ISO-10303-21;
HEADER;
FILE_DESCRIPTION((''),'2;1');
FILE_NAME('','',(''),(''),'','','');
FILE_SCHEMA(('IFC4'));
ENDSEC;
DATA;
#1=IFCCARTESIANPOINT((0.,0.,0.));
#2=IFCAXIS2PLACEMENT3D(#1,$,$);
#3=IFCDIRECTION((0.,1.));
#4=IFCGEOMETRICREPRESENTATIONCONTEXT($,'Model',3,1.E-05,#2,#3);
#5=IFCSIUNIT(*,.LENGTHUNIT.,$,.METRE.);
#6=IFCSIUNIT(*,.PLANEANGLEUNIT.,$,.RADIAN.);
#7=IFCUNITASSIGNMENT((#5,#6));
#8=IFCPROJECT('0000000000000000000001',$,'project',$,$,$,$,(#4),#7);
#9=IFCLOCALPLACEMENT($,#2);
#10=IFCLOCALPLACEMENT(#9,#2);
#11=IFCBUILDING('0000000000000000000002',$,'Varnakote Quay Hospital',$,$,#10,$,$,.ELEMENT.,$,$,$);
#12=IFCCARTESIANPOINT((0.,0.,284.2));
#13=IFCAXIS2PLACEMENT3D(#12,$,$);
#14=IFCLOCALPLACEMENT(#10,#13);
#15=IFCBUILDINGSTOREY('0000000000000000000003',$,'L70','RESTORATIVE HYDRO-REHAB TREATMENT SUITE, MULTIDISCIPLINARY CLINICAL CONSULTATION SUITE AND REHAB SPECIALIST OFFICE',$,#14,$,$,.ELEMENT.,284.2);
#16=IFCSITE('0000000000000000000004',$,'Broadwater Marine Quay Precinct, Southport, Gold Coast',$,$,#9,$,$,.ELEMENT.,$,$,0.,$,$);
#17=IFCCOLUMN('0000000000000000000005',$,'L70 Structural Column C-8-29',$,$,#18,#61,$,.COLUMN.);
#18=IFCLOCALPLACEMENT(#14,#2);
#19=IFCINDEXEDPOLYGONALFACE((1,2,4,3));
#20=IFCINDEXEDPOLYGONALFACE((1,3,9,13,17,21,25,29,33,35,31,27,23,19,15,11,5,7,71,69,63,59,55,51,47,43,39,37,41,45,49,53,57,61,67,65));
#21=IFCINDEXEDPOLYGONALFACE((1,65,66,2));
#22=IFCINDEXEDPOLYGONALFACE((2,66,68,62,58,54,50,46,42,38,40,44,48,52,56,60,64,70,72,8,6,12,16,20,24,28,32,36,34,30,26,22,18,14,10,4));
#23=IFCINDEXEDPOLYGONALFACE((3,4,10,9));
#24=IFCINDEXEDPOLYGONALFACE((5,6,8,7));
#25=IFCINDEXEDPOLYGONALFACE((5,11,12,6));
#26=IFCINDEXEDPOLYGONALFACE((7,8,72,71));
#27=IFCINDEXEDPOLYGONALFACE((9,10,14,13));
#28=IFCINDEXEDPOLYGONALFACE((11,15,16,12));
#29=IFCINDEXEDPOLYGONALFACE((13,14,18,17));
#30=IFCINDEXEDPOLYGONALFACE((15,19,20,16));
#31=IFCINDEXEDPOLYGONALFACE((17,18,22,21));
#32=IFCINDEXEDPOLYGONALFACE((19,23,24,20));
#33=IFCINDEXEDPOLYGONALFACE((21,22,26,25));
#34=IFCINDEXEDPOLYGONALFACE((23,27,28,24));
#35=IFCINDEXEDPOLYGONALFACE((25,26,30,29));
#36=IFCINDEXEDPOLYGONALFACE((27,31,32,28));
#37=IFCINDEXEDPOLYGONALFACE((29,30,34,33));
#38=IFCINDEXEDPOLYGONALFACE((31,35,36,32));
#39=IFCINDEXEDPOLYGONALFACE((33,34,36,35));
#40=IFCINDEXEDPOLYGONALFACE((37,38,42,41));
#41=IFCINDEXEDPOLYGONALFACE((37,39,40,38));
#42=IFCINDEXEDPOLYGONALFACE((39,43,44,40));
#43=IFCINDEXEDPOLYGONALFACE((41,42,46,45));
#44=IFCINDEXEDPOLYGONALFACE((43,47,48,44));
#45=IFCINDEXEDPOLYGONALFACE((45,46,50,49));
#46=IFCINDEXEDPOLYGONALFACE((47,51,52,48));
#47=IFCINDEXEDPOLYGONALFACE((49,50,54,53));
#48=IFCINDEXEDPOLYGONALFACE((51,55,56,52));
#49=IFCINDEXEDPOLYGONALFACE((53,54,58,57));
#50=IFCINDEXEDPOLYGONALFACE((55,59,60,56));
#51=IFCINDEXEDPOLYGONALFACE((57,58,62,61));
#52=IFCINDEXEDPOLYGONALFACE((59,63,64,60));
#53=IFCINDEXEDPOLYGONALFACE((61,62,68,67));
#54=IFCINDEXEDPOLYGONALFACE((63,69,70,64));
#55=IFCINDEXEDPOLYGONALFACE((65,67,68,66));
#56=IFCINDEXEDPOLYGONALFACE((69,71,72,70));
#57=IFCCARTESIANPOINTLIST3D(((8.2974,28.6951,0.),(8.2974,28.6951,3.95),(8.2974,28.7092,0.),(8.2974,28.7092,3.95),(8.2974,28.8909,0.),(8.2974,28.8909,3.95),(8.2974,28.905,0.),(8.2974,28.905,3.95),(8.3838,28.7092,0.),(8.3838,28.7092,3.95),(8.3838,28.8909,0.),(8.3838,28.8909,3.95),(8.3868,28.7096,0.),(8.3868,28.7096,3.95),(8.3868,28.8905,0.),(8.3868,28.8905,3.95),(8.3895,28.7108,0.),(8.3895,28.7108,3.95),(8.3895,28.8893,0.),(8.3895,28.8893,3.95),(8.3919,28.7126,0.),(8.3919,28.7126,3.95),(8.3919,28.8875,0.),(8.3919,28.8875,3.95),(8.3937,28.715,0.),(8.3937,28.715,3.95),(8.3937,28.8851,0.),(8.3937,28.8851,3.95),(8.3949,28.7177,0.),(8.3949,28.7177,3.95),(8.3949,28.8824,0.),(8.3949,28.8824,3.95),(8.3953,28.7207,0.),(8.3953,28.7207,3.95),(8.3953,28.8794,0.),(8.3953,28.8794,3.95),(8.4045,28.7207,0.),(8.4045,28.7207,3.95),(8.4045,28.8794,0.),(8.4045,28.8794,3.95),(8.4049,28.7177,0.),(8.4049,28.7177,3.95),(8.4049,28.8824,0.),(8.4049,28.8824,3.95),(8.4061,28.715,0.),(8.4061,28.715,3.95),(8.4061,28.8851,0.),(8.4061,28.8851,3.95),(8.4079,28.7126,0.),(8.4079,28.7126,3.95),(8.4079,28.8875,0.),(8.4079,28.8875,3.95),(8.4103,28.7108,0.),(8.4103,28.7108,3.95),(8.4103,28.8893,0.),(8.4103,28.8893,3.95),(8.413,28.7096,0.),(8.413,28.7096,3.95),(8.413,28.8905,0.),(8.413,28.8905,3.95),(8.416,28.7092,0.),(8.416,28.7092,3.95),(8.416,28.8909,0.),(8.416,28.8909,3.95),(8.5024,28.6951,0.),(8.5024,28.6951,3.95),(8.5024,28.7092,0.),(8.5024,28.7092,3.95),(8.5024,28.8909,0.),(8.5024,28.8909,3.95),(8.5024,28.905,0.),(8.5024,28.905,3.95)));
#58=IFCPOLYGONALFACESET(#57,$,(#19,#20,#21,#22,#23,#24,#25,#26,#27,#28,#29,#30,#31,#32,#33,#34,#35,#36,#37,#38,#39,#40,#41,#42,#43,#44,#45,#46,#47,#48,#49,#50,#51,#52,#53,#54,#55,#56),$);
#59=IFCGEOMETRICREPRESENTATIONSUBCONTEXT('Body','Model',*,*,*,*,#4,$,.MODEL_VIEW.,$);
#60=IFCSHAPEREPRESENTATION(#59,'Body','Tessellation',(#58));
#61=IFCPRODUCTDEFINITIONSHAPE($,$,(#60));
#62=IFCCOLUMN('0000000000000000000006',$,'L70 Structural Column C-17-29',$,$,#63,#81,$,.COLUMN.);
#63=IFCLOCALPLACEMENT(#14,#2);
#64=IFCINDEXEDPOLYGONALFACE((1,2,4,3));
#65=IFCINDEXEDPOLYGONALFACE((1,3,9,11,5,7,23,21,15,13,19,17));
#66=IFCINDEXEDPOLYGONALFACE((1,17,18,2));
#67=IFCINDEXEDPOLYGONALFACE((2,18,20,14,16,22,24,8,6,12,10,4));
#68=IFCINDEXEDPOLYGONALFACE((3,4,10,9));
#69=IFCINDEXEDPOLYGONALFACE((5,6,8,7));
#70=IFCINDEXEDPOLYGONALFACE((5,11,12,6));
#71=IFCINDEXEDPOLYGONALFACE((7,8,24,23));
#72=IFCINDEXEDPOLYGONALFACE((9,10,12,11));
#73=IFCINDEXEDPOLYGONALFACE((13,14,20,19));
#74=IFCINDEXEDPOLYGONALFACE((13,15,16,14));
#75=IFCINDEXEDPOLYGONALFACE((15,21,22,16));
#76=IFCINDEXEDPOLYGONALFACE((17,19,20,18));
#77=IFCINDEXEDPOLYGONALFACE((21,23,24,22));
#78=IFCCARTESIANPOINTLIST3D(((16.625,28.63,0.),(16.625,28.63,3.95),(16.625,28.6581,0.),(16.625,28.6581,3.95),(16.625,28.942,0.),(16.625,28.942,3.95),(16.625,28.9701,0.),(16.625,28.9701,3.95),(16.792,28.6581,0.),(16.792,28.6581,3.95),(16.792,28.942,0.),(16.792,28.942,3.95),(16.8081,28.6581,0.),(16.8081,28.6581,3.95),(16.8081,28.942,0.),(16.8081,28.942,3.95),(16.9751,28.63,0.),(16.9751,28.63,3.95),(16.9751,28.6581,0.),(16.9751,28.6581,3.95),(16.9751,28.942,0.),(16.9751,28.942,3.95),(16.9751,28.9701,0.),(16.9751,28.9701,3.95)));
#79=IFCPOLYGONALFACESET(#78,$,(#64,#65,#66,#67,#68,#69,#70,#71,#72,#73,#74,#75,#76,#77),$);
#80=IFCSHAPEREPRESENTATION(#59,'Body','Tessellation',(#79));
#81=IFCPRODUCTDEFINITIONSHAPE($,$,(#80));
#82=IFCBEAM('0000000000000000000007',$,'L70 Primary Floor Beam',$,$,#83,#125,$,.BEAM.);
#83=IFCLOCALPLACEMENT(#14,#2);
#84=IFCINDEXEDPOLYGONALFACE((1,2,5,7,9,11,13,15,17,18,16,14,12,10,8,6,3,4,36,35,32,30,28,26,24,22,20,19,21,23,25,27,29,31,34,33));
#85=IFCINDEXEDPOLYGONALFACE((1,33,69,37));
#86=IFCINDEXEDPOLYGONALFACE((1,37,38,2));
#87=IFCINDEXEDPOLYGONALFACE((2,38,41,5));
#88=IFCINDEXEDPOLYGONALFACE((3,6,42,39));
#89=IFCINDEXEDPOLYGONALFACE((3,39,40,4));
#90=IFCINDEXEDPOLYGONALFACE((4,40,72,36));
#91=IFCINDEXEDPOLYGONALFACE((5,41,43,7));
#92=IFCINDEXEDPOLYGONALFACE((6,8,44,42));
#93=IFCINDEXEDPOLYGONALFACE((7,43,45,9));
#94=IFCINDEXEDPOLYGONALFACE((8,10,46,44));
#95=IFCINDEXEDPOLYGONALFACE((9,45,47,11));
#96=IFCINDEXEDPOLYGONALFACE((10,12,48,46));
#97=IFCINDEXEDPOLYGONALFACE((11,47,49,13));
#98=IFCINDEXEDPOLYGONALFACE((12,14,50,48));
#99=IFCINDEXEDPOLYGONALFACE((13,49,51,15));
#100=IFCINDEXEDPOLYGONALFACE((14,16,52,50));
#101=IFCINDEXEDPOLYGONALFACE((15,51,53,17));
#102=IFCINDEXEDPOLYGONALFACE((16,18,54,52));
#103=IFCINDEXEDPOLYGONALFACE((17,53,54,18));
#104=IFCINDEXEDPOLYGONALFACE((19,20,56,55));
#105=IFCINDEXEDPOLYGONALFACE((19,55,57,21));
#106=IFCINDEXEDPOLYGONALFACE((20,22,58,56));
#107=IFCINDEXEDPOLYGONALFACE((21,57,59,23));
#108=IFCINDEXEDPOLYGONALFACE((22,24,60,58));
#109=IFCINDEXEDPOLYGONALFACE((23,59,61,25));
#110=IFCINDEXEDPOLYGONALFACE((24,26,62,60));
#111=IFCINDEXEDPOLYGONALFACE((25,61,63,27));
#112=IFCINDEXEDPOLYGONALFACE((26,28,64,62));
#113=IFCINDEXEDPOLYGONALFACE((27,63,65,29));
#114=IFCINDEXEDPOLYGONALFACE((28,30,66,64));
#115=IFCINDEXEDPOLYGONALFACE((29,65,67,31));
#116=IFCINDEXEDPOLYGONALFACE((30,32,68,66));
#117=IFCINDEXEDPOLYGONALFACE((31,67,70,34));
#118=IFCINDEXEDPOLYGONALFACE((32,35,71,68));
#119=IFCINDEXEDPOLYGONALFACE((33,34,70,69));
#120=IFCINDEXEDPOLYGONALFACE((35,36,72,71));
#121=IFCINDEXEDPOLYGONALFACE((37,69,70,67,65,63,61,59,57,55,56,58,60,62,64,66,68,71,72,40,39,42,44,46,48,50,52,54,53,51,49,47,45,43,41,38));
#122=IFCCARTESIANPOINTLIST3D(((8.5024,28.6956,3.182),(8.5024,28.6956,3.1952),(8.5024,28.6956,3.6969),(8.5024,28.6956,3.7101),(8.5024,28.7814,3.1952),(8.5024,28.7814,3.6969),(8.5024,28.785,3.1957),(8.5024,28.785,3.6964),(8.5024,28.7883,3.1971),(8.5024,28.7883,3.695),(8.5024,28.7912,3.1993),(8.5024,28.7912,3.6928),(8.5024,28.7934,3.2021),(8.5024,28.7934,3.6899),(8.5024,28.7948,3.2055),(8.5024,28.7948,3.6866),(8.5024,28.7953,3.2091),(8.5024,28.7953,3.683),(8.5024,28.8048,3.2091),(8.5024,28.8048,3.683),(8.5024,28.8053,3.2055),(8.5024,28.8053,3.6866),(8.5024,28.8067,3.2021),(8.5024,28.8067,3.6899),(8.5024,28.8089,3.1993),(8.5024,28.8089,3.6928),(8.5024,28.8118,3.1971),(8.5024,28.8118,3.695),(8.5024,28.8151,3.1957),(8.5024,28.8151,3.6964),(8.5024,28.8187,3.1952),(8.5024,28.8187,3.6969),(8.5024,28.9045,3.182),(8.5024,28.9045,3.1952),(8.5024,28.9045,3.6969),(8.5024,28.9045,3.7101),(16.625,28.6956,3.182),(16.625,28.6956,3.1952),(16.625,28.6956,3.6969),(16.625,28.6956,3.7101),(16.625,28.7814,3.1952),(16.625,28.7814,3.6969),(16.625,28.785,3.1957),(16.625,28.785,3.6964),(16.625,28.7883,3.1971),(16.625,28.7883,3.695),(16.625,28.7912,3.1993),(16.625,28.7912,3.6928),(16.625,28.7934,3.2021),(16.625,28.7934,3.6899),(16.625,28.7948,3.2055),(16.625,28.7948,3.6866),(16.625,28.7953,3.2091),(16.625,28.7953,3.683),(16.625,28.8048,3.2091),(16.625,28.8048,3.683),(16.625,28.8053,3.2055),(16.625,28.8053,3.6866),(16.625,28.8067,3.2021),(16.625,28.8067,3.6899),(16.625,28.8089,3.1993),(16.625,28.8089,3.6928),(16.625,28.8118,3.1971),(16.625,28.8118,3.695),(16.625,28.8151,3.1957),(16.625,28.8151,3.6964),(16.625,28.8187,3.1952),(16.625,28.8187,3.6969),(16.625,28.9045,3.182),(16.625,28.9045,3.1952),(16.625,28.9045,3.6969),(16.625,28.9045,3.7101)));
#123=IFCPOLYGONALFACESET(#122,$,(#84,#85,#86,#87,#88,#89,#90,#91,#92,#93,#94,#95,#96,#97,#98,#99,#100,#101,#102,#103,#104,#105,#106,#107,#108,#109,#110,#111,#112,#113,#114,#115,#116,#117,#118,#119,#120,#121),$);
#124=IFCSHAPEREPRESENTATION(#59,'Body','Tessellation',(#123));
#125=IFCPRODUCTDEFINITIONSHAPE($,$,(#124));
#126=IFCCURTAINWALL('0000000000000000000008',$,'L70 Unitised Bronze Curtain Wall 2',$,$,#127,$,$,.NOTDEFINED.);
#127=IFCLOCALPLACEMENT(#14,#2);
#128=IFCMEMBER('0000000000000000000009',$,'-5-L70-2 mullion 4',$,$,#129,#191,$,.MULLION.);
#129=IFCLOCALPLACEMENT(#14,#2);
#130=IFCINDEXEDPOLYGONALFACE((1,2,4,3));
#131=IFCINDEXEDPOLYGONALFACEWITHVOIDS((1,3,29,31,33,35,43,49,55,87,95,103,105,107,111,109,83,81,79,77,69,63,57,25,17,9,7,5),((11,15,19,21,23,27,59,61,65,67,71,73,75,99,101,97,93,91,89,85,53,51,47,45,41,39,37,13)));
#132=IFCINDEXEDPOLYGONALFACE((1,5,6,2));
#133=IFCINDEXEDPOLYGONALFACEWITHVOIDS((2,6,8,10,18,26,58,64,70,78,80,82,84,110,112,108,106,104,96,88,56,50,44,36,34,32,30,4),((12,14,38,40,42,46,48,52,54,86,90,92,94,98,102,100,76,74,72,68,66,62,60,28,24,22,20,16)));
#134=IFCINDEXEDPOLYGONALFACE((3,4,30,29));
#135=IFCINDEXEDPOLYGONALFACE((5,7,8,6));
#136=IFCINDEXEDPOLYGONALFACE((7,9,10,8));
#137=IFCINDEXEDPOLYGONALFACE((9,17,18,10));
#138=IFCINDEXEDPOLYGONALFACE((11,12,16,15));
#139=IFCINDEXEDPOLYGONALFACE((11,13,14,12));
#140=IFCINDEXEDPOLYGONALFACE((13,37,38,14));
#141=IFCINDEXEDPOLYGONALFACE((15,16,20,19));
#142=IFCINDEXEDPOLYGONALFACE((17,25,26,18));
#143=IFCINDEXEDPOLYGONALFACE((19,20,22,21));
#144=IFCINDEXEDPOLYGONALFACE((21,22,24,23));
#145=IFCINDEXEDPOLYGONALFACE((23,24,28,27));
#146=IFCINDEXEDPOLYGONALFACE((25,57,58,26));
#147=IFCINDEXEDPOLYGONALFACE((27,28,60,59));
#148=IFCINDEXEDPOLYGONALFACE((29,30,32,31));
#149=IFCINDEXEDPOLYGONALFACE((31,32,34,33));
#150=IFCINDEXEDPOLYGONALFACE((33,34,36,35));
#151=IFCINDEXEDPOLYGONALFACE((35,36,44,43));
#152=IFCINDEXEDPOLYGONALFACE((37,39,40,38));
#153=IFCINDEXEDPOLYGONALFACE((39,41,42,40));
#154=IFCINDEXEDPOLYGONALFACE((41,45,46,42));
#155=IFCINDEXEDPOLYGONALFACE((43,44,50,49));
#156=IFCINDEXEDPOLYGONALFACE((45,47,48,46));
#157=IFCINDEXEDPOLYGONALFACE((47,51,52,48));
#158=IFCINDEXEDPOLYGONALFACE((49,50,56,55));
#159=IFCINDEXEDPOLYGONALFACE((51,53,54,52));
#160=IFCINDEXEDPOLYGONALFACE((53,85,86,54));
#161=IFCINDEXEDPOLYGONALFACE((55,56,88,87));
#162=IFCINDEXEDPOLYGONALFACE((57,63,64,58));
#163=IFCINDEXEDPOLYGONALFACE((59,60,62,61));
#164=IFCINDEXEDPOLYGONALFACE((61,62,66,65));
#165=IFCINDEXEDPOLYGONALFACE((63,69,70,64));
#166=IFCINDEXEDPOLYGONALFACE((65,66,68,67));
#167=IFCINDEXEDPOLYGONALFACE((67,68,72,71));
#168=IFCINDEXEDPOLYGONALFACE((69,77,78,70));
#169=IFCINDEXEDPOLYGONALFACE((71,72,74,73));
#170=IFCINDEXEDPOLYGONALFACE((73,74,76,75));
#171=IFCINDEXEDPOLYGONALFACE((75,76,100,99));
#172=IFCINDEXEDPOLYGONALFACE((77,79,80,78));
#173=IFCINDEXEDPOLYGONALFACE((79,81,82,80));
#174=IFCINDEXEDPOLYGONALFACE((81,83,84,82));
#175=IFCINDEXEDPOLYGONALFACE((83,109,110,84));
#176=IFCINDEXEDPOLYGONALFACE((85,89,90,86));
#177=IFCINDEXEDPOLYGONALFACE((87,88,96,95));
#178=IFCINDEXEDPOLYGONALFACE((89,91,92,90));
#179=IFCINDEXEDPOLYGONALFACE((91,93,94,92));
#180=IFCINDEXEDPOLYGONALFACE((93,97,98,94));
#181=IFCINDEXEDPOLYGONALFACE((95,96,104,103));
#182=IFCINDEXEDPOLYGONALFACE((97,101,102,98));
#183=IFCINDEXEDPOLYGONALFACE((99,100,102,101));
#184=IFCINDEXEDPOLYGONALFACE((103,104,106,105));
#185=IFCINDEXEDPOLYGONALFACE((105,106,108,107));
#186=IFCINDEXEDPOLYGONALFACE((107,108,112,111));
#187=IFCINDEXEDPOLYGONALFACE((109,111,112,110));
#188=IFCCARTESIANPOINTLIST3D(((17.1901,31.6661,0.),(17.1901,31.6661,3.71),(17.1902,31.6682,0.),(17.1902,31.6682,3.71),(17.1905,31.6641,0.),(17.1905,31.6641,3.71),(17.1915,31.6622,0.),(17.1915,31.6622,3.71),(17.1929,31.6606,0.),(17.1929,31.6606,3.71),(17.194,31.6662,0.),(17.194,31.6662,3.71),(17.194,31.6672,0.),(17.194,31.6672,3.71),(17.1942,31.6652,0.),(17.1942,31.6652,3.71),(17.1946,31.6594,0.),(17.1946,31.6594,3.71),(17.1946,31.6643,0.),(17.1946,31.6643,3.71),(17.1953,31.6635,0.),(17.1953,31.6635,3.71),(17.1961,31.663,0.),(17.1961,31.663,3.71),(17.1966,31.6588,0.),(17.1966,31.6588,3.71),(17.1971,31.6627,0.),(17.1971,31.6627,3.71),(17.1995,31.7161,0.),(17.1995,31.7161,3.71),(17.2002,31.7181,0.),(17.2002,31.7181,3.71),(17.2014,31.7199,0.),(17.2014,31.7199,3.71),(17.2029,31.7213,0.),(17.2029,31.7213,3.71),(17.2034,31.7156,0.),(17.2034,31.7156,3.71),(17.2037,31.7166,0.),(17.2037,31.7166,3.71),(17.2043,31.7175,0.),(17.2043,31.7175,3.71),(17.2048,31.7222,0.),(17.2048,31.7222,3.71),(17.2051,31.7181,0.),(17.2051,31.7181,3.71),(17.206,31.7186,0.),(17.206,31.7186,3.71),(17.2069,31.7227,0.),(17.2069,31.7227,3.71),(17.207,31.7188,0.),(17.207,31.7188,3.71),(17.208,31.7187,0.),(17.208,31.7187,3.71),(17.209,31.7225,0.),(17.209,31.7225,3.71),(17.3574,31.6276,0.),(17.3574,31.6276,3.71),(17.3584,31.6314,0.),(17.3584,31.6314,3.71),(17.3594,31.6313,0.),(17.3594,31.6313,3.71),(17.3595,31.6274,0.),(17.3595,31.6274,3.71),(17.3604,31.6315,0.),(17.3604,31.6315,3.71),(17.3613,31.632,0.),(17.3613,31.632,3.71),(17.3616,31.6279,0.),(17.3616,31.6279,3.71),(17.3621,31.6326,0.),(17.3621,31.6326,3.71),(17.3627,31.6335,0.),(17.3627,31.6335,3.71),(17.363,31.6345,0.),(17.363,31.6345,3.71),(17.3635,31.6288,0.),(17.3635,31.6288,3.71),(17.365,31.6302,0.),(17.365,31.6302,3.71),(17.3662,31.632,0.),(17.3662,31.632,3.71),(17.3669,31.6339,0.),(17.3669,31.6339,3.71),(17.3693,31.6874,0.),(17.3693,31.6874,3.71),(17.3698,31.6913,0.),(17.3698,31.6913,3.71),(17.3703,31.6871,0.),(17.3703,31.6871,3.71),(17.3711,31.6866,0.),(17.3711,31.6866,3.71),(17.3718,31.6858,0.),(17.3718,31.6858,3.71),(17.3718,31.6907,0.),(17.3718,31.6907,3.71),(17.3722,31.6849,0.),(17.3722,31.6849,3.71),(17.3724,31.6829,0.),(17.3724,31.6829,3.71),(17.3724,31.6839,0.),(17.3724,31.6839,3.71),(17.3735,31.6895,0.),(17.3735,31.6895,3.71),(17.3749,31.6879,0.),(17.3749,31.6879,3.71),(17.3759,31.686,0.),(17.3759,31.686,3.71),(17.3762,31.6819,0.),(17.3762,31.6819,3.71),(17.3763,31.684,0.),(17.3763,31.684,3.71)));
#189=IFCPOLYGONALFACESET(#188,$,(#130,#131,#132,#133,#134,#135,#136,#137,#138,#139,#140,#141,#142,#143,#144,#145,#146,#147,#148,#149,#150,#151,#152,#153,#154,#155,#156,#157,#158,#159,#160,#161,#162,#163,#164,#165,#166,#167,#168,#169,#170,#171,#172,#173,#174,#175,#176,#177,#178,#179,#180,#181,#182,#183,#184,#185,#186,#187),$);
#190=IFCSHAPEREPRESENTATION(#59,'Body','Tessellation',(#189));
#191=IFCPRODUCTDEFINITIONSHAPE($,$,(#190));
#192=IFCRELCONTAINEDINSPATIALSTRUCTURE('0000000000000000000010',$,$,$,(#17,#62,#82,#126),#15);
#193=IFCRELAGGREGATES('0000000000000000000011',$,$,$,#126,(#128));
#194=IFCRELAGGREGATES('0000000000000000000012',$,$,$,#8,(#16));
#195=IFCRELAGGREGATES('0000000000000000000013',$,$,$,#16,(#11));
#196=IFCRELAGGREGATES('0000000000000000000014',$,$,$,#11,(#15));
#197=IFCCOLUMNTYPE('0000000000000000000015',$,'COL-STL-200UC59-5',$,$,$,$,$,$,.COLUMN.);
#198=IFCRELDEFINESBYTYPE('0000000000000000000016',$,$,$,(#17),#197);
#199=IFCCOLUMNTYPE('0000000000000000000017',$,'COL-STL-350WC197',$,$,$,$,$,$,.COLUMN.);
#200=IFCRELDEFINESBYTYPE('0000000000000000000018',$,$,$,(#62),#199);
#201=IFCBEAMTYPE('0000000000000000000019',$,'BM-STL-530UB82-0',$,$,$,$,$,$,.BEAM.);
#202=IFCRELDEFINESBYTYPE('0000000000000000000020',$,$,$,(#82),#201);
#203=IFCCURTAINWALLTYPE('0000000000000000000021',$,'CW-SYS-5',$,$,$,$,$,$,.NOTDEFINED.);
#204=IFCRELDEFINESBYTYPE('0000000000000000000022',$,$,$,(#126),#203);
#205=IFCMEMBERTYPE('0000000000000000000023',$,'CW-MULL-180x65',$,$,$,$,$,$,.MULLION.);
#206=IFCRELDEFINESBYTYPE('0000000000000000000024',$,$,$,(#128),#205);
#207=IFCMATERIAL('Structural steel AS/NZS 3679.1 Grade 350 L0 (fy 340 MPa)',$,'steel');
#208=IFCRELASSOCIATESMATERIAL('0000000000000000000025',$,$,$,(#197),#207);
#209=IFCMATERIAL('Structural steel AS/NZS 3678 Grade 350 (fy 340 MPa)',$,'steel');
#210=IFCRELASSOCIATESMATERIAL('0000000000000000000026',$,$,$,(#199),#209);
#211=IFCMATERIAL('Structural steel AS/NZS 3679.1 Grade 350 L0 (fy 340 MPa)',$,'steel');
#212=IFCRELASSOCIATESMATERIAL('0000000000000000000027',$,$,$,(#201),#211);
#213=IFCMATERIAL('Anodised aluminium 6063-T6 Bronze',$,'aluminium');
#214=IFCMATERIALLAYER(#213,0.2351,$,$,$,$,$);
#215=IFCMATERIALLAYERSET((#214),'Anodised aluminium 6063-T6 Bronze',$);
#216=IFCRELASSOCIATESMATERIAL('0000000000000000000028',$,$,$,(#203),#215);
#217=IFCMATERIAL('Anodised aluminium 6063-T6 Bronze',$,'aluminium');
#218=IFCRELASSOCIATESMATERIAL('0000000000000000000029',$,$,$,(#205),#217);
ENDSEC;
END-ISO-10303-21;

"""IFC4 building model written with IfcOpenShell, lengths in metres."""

from ifc_helpers import new_model, si_unit, direction, frame, origin, origin_2d, place, context, subcontext, project, spatial, hollow_rectangle, i_section, extrude, material, layer, layer_set, material_profile, profile_set, type_object, element, aggregate, save


model = new_model("IFC4")

# Units and contexts
model_context = context("Model", 3, precision=1e-05, world=origin(), true_north=direction((0.0, 1.0)))
body_context = subcontext(model_context, "Body", "Model", "MODEL_VIEW")
ifc_project = project(units=[si_unit("LENGTHUNIT", "METRE"), si_unit("PLANEANGLEUNIT", "RADIAN")], contexts=[model_context])

# Site, building, storey
site_placement = place(None, origin())
site = spatial("IfcSite", under=ifc_project, at=site_placement, Name="Broadwater Marine Quay Precinct, Southport, Gold Coast", CompositionType="ELEMENT", RefElevation=0.0)
building_placement = place(site_placement, origin())
building = spatial("IfcBuilding", under=site, at=building_placement, Name="Varnakote Quay Hospital", CompositionType="ELEMENT")
storey_placement = place(building_placement, frame((0.0, 0.0, 284.2)))
storey = spatial("IfcBuildingStorey", under=building, at=storey_placement, Name="L70", Description="RESTORATIVE HYDRO-REHAB TREATMENT SUITE, MULTIDISCIPLINARY CLINICAL CONSULTATION SUITE AND REHAB SPECIALIST OFFICE", CompositionType="ELEMENT", Elevation=284.2)

# Columns
ifc_material_1 = material(Name="Structural steel AS/NZS 3679.1 Grade 350 L0 (fy 340 MPa)", Category="steel")
ifc_material_profile_1 = material_profile(ifc_material_1, i_section(OverallWidth=0.2051, OverallDepth=0.21, WebThickness=0.0093, FlangeThickness=0.0142, FilletRadius=0.0115, at=origin_2d()), Name="200UC59.5")
ifc_profile_set_1 = profile_set([ifc_material_profile_1], Name="Structural steel AS/NZS 3679.1 Grade 350 L0 (fy 340 MPa)")
column_type_1 = type_object("IfcColumnType", Name="COL-STL-200UC59-5", PredefinedType="COLUMN", material=ifc_profile_set_1)
column_1_placement = place(storey_placement, frame((8.3999, 28.8, 0.0), z_axis=(0.0, 0.0, 1.0), x_axis=(1.0, 0.0, 0.0)))
element("IfcColumn", 1, at=column_1_placement, inside=storey, type_object=column_type_1, Name="L70 Structural Column C-8-29", PredefinedType="COLUMN", context=body_context, shape_type="SweptSolid", body=[
    extrude(i_section(OverallWidth=0.2051, OverallDepth=0.21, WebThickness=0.0093, FlangeThickness=0.0142, FilletRadius=0.0115, at=origin_2d()), origin(), (0.0, 0.0, 1.0), 3.95),
])
ifc_material_2 = material(Name="Structural steel AS/NZS 3678 Grade 350 (fy 340 MPa)", Category="steel")
ifc_material_profile_2 = material_profile(ifc_material_2, i_section(OverallWidth=0.3501, OverallDepth=0.3401, WebThickness=0.0161, FlangeThickness=0.0281, at=origin_2d()), Name="350WC197")
ifc_profile_set_2 = profile_set([ifc_material_profile_2], Name="Structural steel AS/NZS 3678 Grade 350 (fy 340 MPa)")
column_type_2 = type_object("IfcColumnType", Name="COL-STL-350WC197", PredefinedType="COLUMN", material=ifc_profile_set_2)
column_2_placement = place(storey_placement, frame((16.8, 28.8, 0.0), z_axis=(0.0, 0.0, 1.0), x_axis=(1.0, 0.0, 0.0)))
element("IfcColumn", 2, at=column_2_placement, inside=storey, type_object=column_type_2, Name="L70 Structural Column C-17-29", PredefinedType="COLUMN", context=body_context, shape_type="SweptSolid", body=[
    extrude(i_section(OverallWidth=0.3501, OverallDepth=0.3401, WebThickness=0.0161, FlangeThickness=0.0281, at=origin_2d()), origin(), (0.0, 0.0, 1.0), 3.95),
])

# Beam
ifc_material_3 = material(Name="Structural steel AS/NZS 3679.1 Grade 350 L0 (fy 340 MPa)", Category="steel")
ifc_material_profile_3 = material_profile(ifc_material_3, i_section(OverallWidth=0.209, OverallDepth=0.5281, WebThickness=0.0095, FlangeThickness=0.0132, FilletRadius=0.0139, at=origin_2d()), Name="530UB82.0")
ifc_profile_set_3 = profile_set([ifc_material_profile_3], Name="Structural steel AS/NZS 3679.1 Grade 350 L0 (fy 340 MPa)")
beam_type_1 = type_object("IfcBeamType", Name="BM-STL-530UB82-0", PredefinedType="BEAM", material=ifc_profile_set_3)
beam_1_placement = place(storey_placement, frame((8.5024, 28.8, 3.446), z_axis=(1.0, 0.0, 0.0), x_axis=(0.0, 1.0, 0.0)))
element("IfcBeam", 3, at=beam_1_placement, inside=storey, type_object=beam_type_1, Name="L70 Primary Floor Beam", PredefinedType="BEAM", context=body_context, shape_type="SweptSolid", body=[
    extrude(i_section(OverallWidth=0.209, OverallDepth=0.5281, WebThickness=0.0095, FlangeThickness=0.0132, FilletRadius=0.0139, at=origin_2d()), origin(), (0.0, 0.0, 1.0), 8.1226),
])

# Curtain wall, member
ifc_material_4 = material(Name="Anodised aluminium 6063-T6 Bronze", Category="aluminium")
ifc_layer_1 = layer(ifc_material_4, 0.2351)
ifc_layer_set_1 = layer_set([ifc_layer_1], Name="Anodised aluminium 6063-T6 Bronze")
curtain_wall_type = type_object("IfcCurtainWallType", Name="CW-SYS-5", PredefinedType="NOTDEFINED", material=ifc_layer_set_1)
curtain_wall_placement = place(storey_placement, origin())
curtain_wall = element("IfcCurtainWall", 4, at=curtain_wall_placement, inside=storey, type_object=curtain_wall_type, Name="L70 Unitised Bronze Curtain Wall 2", PredefinedType="NOTDEFINED")
ifc_material_5 = material(Name="Anodised aluminium 6063-T6 Bronze", Category="aluminium")
ifc_material_profile_4 = material_profile(ifc_material_5, hollow_rectangle(XDim=0.0649, YDim=0.1799, WallThickness=0.0039, InnerFilletRadius=0.0039, OuterFilletRadius=0.0081, at=origin_2d()), Name="CW-MULL-180x65")
ifc_profile_set_4 = profile_set([ifc_material_profile_4], Name="Anodised aluminium 6063-T6 Bronze")
member_type = type_object("IfcMemberType", Name="CW-MULL-180x65", PredefinedType="MULLION", material=ifc_profile_set_4)
member_placement = place(storey_placement, frame((17.2832, 31.675, 0.0), z_axis=(0.0, 0.0, 1.0), x_axis=(-0.190434, -0.9817, 0.0)))
member = element("IfcMember", 5, at=member_placement, type_object=member_type, Name="-5-L70-2 mullion 4", PredefinedType="MULLION", context=body_context, shape_type="SweptSolid", body=[
    extrude(hollow_rectangle(XDim=0.0649, YDim=0.1799, WallThickness=0.0039, InnerFilletRadius=0.0039, OuterFilletRadius=0.0081, at=origin_2d()), origin(), (0.0, 0.0, 1.0), 3.71),
])

aggregate(curtain_wall, [member])

save(model, "model.ifc")
